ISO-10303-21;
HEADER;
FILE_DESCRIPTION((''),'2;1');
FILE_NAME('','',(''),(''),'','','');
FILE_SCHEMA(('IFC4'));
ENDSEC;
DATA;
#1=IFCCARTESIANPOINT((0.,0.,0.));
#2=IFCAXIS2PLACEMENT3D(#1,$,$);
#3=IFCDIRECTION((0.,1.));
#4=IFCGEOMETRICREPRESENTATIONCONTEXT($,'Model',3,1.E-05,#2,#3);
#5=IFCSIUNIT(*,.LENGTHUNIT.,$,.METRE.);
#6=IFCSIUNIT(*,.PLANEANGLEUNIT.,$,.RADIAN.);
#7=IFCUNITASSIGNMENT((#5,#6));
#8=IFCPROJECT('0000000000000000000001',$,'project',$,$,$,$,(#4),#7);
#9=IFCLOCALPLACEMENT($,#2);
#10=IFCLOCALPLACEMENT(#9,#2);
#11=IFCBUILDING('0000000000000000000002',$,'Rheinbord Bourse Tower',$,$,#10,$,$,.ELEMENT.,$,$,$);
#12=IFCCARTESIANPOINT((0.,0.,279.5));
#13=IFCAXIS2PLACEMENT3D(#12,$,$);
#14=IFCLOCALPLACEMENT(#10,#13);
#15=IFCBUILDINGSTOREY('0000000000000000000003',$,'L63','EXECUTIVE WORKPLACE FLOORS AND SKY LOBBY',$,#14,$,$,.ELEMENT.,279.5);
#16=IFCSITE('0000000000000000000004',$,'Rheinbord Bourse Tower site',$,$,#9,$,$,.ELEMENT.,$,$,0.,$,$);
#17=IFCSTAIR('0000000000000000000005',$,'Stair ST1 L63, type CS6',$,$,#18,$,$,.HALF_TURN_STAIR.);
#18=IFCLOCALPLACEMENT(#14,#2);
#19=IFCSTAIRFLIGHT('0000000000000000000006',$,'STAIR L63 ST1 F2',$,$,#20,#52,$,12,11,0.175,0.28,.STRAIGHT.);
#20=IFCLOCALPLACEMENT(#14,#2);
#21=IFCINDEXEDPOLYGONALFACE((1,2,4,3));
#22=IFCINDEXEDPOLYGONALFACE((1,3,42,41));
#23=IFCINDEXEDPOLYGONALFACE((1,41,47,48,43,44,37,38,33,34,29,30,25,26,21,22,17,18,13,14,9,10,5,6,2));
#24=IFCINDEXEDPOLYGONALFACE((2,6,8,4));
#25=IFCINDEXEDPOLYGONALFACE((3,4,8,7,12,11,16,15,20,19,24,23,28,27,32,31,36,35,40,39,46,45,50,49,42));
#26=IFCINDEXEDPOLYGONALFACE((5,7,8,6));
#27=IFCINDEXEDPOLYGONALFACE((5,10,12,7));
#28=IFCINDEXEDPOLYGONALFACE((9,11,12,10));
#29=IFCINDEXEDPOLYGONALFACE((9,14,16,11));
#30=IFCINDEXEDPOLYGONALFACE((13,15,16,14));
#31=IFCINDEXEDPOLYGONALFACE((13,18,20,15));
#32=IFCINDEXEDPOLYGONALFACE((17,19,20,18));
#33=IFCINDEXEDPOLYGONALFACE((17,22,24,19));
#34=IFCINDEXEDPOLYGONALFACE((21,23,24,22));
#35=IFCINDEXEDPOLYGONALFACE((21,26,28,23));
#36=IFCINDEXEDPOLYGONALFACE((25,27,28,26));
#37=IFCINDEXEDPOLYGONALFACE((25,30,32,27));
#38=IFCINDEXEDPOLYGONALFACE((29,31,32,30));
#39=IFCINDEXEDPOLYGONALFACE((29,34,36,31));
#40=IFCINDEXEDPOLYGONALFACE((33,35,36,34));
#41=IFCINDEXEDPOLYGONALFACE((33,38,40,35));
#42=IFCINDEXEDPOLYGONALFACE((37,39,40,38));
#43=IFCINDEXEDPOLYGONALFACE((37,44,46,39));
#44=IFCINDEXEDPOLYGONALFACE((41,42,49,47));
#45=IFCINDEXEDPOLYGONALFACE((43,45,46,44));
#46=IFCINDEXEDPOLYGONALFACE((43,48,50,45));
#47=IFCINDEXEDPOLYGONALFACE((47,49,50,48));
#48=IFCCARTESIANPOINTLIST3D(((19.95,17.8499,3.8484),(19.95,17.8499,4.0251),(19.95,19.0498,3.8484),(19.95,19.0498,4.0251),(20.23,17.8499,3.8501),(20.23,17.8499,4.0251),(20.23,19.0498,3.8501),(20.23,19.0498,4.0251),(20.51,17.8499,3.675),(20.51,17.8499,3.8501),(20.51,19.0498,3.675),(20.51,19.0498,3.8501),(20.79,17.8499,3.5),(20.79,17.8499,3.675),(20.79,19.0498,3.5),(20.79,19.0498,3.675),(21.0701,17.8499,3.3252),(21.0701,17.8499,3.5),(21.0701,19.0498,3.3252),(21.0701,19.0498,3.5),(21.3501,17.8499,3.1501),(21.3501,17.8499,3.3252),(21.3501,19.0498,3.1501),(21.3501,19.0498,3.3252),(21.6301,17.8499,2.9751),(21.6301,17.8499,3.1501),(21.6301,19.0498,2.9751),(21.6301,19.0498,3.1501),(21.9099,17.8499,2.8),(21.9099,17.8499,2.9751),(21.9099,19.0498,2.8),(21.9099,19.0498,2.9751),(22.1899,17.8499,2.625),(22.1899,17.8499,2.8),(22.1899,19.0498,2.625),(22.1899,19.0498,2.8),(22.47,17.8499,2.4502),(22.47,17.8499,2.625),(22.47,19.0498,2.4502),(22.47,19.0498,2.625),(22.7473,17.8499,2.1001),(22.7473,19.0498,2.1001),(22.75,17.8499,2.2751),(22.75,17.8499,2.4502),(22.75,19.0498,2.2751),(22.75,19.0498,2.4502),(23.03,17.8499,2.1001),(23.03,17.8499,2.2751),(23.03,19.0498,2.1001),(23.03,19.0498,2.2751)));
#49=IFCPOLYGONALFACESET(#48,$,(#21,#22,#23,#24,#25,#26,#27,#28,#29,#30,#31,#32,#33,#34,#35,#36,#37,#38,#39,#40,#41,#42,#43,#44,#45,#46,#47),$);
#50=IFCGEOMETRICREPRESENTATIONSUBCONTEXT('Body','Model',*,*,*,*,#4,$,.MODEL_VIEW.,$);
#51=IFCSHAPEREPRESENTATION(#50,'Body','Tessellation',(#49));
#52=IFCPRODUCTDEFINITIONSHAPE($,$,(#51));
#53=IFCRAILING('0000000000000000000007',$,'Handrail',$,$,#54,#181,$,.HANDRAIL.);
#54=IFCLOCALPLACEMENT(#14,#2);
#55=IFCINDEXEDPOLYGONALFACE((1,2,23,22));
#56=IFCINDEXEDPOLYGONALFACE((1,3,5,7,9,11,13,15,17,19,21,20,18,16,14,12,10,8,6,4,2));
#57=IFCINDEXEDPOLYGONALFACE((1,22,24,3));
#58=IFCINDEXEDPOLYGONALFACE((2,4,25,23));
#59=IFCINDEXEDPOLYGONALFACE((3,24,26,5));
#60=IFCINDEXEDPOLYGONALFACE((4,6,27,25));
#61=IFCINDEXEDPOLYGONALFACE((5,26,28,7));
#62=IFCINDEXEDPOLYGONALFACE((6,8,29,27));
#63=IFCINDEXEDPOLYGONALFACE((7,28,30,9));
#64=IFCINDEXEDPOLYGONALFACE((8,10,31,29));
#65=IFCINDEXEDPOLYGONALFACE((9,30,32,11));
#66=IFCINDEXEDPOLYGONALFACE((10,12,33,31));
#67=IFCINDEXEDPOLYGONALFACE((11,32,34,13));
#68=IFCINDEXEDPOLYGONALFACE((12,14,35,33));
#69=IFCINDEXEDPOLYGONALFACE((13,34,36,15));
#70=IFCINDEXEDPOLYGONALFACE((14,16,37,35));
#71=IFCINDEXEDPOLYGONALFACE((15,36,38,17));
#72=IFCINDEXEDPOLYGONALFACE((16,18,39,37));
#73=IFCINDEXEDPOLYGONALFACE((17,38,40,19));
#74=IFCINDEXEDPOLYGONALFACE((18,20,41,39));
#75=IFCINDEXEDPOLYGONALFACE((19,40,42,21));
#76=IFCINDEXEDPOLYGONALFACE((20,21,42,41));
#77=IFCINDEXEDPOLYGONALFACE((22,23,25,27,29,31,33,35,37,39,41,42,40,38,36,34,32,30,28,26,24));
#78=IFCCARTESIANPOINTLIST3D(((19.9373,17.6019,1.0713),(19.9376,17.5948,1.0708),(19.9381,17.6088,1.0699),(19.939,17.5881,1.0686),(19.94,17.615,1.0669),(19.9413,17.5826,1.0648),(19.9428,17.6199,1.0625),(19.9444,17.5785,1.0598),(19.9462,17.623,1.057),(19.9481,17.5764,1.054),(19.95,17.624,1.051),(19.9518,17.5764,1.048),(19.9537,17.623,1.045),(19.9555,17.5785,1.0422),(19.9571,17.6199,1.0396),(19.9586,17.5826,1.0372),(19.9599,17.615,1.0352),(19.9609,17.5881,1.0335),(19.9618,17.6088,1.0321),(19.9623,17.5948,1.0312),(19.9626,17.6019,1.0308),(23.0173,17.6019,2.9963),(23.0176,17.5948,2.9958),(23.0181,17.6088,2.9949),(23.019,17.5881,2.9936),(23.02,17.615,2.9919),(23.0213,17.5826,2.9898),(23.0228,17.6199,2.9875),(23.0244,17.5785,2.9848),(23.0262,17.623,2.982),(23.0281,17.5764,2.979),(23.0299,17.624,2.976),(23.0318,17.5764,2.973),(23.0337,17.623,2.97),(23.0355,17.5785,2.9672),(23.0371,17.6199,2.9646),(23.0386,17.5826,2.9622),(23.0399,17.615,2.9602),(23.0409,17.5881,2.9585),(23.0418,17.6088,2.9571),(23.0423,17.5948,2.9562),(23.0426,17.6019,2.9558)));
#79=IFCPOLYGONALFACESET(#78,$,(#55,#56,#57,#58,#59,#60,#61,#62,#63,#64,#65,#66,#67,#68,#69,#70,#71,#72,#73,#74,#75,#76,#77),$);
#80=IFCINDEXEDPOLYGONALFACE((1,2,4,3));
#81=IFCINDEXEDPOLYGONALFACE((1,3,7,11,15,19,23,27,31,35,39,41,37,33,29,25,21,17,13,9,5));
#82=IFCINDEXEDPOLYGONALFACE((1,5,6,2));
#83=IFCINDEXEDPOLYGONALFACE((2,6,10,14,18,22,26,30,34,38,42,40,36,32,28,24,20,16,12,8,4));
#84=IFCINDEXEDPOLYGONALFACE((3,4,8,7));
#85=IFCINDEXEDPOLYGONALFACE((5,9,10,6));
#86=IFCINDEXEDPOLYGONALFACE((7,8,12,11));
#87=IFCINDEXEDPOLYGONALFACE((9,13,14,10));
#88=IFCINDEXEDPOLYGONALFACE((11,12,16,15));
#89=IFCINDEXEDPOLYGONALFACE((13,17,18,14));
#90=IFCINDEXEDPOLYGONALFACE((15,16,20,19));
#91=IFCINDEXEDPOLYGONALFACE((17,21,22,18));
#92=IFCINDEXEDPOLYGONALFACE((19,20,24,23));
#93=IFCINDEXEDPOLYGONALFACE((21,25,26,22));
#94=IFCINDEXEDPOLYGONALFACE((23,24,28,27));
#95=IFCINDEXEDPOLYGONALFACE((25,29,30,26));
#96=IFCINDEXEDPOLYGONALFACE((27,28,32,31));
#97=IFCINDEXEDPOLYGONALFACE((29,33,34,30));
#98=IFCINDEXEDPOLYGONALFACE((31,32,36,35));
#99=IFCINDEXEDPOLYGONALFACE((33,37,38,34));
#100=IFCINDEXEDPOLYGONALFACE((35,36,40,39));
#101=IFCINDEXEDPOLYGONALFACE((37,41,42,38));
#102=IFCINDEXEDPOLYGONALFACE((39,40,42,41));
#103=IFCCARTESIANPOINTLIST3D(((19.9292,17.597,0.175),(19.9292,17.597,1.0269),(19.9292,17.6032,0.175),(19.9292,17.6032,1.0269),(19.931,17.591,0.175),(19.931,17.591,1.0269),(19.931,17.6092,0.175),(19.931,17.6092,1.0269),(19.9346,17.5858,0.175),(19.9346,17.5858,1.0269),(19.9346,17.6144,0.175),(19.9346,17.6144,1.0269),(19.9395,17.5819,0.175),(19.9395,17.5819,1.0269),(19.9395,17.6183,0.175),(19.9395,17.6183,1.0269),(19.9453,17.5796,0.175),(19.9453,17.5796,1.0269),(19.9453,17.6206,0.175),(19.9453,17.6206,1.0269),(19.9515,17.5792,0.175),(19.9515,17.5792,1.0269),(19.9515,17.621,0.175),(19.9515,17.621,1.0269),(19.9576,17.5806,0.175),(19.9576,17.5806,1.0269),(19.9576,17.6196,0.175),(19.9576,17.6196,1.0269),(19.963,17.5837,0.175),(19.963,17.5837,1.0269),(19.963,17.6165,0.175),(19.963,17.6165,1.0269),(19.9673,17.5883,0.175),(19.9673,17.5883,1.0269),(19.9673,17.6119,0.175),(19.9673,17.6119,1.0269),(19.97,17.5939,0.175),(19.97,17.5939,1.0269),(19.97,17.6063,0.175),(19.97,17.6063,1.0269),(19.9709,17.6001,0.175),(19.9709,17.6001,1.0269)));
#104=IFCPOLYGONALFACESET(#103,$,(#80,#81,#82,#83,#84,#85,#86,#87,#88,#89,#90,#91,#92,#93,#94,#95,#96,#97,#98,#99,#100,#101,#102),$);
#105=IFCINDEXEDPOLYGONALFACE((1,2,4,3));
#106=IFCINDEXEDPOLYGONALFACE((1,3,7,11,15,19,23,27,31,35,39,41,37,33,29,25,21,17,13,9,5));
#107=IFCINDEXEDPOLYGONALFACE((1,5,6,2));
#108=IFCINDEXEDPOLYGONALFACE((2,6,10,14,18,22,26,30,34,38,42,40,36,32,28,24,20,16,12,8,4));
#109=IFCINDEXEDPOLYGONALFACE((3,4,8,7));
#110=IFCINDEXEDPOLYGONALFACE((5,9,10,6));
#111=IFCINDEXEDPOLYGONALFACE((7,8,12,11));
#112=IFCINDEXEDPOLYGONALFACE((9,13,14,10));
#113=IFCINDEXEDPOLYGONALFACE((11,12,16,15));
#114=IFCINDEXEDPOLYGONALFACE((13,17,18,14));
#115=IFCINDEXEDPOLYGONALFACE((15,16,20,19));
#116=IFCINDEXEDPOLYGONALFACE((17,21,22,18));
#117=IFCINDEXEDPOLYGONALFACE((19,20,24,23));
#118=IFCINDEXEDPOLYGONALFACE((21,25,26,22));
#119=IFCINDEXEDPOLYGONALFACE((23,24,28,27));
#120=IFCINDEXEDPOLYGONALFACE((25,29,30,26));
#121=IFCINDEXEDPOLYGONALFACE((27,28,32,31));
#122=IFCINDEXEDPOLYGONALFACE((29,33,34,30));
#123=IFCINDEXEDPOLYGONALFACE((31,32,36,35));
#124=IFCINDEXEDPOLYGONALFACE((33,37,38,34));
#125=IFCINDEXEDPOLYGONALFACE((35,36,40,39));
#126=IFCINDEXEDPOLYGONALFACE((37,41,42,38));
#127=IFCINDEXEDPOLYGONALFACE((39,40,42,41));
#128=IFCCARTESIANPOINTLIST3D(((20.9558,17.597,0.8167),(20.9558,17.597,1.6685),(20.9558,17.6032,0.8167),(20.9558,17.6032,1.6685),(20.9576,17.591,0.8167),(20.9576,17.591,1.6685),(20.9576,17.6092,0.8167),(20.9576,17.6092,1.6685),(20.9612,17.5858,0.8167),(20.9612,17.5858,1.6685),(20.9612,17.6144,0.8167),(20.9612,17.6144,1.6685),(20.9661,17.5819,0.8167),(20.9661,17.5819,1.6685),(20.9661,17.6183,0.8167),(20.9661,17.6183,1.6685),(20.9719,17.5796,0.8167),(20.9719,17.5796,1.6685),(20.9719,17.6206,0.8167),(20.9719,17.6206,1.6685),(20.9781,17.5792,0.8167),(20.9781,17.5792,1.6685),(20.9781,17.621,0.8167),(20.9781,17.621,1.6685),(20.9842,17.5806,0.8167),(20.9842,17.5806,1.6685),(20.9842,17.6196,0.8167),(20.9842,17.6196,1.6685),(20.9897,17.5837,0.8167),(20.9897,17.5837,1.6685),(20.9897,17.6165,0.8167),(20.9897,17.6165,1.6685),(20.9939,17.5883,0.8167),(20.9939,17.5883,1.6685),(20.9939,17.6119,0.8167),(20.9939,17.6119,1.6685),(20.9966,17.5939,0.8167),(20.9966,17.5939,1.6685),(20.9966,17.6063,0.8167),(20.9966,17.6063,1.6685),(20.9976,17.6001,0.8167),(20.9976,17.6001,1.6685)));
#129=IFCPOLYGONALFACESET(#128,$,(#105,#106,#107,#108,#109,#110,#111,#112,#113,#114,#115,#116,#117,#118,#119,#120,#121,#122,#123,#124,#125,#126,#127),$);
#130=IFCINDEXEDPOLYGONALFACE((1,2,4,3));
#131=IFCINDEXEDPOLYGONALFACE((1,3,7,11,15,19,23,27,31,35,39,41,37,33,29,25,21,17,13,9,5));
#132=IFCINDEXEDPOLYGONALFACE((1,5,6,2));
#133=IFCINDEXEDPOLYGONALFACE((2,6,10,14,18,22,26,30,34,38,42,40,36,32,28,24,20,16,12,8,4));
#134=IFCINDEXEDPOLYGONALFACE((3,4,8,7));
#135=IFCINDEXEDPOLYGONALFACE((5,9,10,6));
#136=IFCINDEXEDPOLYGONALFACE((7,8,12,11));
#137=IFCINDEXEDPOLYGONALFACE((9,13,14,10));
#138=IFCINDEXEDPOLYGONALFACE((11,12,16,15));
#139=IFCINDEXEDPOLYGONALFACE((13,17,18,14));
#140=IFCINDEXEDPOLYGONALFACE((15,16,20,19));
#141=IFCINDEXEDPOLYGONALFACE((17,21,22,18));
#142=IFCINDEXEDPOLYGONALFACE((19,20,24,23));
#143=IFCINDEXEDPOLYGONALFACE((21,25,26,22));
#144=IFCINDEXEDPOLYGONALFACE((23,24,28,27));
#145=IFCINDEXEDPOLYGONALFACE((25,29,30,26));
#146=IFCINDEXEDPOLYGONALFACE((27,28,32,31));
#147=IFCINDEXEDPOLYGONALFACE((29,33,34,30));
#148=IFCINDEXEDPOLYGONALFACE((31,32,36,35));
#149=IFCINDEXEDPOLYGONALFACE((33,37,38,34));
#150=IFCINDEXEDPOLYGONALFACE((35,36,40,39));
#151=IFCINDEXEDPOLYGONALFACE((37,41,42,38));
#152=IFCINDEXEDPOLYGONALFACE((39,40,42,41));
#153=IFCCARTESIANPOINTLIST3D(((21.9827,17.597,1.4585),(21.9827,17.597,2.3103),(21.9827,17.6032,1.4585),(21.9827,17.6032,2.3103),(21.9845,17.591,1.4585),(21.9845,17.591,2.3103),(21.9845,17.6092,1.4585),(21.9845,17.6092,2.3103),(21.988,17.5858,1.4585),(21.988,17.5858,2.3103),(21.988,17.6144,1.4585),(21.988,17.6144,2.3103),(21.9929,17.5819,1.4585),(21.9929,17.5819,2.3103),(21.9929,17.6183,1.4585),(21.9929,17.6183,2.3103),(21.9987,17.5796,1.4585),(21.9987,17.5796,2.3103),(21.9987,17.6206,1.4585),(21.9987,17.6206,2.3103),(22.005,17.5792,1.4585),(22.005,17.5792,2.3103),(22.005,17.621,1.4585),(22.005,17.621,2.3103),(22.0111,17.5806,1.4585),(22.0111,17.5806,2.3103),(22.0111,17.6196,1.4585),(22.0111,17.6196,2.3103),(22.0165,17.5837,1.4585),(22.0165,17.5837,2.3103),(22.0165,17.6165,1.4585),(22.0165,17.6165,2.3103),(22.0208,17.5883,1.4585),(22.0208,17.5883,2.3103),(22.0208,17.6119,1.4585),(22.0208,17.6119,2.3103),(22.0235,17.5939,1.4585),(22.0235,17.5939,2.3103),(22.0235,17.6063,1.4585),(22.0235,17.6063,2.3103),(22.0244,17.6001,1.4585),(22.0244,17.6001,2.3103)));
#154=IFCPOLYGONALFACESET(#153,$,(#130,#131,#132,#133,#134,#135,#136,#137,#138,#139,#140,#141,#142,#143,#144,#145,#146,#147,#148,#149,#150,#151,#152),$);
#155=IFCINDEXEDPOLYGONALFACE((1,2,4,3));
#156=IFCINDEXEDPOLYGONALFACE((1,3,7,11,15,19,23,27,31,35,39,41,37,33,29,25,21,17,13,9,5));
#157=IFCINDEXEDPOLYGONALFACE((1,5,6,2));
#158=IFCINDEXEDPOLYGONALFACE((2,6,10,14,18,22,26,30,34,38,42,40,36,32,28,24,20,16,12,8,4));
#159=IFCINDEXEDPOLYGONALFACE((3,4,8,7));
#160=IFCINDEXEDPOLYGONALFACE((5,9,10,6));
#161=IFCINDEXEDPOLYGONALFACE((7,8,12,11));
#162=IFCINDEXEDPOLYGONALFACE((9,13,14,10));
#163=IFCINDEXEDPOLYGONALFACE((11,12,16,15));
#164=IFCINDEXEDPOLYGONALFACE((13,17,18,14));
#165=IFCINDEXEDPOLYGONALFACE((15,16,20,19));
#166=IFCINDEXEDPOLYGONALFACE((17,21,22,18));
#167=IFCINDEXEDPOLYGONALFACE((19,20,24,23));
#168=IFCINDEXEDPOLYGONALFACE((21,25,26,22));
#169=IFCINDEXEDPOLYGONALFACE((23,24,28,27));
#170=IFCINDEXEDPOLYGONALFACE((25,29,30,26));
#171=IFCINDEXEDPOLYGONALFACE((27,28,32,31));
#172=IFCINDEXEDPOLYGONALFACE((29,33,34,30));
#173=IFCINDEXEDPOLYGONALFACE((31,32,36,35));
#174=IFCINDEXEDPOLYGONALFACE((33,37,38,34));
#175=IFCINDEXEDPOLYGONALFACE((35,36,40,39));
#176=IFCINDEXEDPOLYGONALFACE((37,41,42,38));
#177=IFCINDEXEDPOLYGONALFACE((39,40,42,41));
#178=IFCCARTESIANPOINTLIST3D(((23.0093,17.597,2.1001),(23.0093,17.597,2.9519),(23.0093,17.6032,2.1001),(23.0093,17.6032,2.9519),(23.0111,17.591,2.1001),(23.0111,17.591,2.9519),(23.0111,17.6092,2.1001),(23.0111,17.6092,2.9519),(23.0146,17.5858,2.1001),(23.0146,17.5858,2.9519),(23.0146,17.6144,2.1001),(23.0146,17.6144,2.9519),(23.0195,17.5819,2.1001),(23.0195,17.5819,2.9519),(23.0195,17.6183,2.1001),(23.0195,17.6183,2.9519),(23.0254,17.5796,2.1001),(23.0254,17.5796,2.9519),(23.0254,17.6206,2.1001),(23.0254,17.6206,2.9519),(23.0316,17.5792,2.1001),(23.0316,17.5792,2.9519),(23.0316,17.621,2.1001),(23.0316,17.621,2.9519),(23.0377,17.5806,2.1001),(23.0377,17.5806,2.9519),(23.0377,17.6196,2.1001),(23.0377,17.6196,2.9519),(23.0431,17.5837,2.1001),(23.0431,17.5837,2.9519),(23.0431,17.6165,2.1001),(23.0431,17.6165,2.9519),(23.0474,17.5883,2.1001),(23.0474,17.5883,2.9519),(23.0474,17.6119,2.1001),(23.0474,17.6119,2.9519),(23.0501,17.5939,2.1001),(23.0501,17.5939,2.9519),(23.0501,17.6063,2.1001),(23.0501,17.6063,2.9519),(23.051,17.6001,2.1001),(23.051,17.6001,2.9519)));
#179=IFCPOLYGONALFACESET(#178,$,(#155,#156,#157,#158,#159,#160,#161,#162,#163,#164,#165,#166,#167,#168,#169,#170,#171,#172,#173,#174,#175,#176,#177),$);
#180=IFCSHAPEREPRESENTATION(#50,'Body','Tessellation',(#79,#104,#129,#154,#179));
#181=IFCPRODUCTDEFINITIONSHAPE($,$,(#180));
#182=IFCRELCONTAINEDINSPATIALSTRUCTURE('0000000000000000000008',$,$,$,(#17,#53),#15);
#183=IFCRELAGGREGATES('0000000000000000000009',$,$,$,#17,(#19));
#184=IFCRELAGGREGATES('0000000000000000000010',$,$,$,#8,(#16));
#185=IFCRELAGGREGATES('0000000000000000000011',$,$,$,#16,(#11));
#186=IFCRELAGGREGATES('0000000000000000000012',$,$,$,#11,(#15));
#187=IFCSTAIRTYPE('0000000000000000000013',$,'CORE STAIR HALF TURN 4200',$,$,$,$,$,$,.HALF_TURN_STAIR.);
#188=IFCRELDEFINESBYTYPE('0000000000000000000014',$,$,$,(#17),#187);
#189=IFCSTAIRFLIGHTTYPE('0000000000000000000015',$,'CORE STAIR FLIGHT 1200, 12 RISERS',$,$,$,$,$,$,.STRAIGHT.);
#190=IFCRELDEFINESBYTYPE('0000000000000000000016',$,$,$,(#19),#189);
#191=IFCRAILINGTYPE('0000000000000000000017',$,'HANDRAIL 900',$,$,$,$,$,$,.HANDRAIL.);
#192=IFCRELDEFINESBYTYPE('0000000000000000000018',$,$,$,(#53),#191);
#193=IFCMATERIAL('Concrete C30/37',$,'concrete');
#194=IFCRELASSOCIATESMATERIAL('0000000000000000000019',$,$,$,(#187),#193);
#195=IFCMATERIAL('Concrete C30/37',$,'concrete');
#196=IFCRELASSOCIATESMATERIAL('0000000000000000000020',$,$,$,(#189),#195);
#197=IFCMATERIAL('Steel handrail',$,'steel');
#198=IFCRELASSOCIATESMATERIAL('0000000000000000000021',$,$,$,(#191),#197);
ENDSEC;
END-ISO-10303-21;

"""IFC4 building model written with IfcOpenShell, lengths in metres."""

from ifc_helpers import new_model, si_unit, direction, frame, origin, origin_2d, place, context, subcontext, project, spatial, polyline, circle, outline, extrude, material, type_object, element, aggregate, save


model = new_model("IFC4")

# Units and contexts
model_context = context("Model", 3, precision=1e-05, world=origin(), true_north=direction((0.0, 1.0)))
body_context = subcontext(model_context, "Body", "Model", "MODEL_VIEW")
ifc_project = project(units=[si_unit("LENGTHUNIT", "METRE"), si_unit("PLANEANGLEUNIT", "RADIAN")], contexts=[model_context])

# Site, building, storey
site_placement = place(None, origin())
site = spatial("IfcSite", under=ifc_project, at=site_placement, Name="Rheinbord Bourse Tower site", CompositionType="ELEMENT", RefElevation=0.0)
building_placement = place(site_placement, origin())
building = spatial("IfcBuilding", under=site, at=building_placement, Name="Rheinbord Bourse Tower", CompositionType="ELEMENT")
storey_placement = place(building_placement, frame((0.0, 0.0, 279.5)))
storey = spatial("IfcBuildingStorey", under=building, at=storey_placement, Name="L63", Description="EXECUTIVE WORKPLACE FLOORS AND SKY LOBBY", CompositionType="ELEMENT", Elevation=279.5)

# Stair, stair flight
ifc_material_1 = material(Name="Concrete C30/37", Category="concrete")
stair_type = type_object("IfcStairType", Name="CORE STAIR HALF TURN 4200", PredefinedType="HALF_TURN_STAIR", material=ifc_material_1)
stair_placement = place(storey_placement, origin())
stair = element("IfcStair", 1, at=stair_placement, inside=storey, type_object=stair_type, Name="Stair ST1 L63, type CS6", PredefinedType="HALF_TURN_STAIR")
ifc_material_2 = material(Name="Concrete C30/37", Category="concrete")
stair_flight_type = type_object("IfcStairFlightType", Name="CORE STAIR FLIGHT 1200, 12 RISERS", PredefinedType="STRAIGHT", material=ifc_material_2)
stair_flight_1_placement = place(storey_placement, frame((23.03, 18.45, 2.1001), z_axis=(0.0, 0.0, 1.0), x_axis=(-1.0, 0.0, 0.0)))
stair_flight_1 = element("IfcStairFlight", 2, at=stair_flight_1_placement, type_object=stair_flight_type, Name="STAIR L63 ST1 F2", NumberOfRisers=12, NumberOfTreads=11, PredefinedType="STRAIGHT", RiserHeight=0.175, TreadLength=0.28, context=body_context, shape_type="SweptSolid", body=[
    extrude(outline(polyline([(0.0, 0.0), (0.0, 0.175), (0.28, 0.175), (0.28, 0.3501), (0.5601, 0.3501), (0.5601, 0.5249), (0.8401, 0.5249), (0.8401, 0.7), (1.1201, 0.7), (1.1201, 0.875), (1.3999, 0.875), (1.3999, 1.05), (1.6799, 1.05), (1.6799, 1.2251), (1.96, 1.2251), (1.96, 1.3999), (2.24, 1.3999), (2.24, 1.575), (2.52, 1.575), (2.52, 1.75), (2.8, 1.75), (2.8, 1.925), (3.0801, 1.925), (3.0801, 2.1001), (3.0801, 1.7483), (0.2827, 0.0), (0.0, 0.0)])), frame((0.0, 0.6001, 0.0), z_axis=(0.0, -1.0, 0.0), x_axis=(1.0, 0.0, 0.0)), (0.0, 0.0, 1.0), 1.2),
])
aggregate(stair, [stair_flight_1])

# Railing
ifc_material_3 = material(Name="Steel handrail", Category="steel")
railing_type = type_object("IfcRailingType", Name="HANDRAIL 900", PredefinedType="HANDRAIL", material=ifc_material_3)
railing_1_placement = place(storey_placement, frame((19.95, 17.6001, 0.175)))
element("IfcRailing", 3, at=railing_1_placement, inside=storey, type_object=railing_type, Name="Handrail", PredefinedType="HANDRAIL", context=body_context, shape_type="SweptSolid", body=[
    extrude(circle(Radius=0.0239, at=origin_2d()), frame((0.0, 0.0, 0.876), z_axis=(0.847998, 0.0, 0.529999), x_axis=(0.0, 1.0, 0.0)), (0.0, 0.0, 1.0), 3.6321),
    extrude(circle(Radius=0.021, at=origin_2d()), origin(), (0.0, 0.0, 1.0), 0.8518),
    extrude(circle(Radius=0.021, at=origin_2d()), frame((1.0266, 0.0, 0.6416)), (0.0, 0.0, 1.0), 0.8518),
    extrude(circle(Radius=0.021, at=origin_2d()), frame((2.0535, 0.0, 1.2834)), (0.0, 0.0, 1.0), 0.8518),
    extrude(circle(Radius=0.021, at=origin_2d()), frame((3.0801, 0.0, 1.925)), (0.0, 0.0, 1.0), 0.8518),
])

save(model, "model.ifc")
